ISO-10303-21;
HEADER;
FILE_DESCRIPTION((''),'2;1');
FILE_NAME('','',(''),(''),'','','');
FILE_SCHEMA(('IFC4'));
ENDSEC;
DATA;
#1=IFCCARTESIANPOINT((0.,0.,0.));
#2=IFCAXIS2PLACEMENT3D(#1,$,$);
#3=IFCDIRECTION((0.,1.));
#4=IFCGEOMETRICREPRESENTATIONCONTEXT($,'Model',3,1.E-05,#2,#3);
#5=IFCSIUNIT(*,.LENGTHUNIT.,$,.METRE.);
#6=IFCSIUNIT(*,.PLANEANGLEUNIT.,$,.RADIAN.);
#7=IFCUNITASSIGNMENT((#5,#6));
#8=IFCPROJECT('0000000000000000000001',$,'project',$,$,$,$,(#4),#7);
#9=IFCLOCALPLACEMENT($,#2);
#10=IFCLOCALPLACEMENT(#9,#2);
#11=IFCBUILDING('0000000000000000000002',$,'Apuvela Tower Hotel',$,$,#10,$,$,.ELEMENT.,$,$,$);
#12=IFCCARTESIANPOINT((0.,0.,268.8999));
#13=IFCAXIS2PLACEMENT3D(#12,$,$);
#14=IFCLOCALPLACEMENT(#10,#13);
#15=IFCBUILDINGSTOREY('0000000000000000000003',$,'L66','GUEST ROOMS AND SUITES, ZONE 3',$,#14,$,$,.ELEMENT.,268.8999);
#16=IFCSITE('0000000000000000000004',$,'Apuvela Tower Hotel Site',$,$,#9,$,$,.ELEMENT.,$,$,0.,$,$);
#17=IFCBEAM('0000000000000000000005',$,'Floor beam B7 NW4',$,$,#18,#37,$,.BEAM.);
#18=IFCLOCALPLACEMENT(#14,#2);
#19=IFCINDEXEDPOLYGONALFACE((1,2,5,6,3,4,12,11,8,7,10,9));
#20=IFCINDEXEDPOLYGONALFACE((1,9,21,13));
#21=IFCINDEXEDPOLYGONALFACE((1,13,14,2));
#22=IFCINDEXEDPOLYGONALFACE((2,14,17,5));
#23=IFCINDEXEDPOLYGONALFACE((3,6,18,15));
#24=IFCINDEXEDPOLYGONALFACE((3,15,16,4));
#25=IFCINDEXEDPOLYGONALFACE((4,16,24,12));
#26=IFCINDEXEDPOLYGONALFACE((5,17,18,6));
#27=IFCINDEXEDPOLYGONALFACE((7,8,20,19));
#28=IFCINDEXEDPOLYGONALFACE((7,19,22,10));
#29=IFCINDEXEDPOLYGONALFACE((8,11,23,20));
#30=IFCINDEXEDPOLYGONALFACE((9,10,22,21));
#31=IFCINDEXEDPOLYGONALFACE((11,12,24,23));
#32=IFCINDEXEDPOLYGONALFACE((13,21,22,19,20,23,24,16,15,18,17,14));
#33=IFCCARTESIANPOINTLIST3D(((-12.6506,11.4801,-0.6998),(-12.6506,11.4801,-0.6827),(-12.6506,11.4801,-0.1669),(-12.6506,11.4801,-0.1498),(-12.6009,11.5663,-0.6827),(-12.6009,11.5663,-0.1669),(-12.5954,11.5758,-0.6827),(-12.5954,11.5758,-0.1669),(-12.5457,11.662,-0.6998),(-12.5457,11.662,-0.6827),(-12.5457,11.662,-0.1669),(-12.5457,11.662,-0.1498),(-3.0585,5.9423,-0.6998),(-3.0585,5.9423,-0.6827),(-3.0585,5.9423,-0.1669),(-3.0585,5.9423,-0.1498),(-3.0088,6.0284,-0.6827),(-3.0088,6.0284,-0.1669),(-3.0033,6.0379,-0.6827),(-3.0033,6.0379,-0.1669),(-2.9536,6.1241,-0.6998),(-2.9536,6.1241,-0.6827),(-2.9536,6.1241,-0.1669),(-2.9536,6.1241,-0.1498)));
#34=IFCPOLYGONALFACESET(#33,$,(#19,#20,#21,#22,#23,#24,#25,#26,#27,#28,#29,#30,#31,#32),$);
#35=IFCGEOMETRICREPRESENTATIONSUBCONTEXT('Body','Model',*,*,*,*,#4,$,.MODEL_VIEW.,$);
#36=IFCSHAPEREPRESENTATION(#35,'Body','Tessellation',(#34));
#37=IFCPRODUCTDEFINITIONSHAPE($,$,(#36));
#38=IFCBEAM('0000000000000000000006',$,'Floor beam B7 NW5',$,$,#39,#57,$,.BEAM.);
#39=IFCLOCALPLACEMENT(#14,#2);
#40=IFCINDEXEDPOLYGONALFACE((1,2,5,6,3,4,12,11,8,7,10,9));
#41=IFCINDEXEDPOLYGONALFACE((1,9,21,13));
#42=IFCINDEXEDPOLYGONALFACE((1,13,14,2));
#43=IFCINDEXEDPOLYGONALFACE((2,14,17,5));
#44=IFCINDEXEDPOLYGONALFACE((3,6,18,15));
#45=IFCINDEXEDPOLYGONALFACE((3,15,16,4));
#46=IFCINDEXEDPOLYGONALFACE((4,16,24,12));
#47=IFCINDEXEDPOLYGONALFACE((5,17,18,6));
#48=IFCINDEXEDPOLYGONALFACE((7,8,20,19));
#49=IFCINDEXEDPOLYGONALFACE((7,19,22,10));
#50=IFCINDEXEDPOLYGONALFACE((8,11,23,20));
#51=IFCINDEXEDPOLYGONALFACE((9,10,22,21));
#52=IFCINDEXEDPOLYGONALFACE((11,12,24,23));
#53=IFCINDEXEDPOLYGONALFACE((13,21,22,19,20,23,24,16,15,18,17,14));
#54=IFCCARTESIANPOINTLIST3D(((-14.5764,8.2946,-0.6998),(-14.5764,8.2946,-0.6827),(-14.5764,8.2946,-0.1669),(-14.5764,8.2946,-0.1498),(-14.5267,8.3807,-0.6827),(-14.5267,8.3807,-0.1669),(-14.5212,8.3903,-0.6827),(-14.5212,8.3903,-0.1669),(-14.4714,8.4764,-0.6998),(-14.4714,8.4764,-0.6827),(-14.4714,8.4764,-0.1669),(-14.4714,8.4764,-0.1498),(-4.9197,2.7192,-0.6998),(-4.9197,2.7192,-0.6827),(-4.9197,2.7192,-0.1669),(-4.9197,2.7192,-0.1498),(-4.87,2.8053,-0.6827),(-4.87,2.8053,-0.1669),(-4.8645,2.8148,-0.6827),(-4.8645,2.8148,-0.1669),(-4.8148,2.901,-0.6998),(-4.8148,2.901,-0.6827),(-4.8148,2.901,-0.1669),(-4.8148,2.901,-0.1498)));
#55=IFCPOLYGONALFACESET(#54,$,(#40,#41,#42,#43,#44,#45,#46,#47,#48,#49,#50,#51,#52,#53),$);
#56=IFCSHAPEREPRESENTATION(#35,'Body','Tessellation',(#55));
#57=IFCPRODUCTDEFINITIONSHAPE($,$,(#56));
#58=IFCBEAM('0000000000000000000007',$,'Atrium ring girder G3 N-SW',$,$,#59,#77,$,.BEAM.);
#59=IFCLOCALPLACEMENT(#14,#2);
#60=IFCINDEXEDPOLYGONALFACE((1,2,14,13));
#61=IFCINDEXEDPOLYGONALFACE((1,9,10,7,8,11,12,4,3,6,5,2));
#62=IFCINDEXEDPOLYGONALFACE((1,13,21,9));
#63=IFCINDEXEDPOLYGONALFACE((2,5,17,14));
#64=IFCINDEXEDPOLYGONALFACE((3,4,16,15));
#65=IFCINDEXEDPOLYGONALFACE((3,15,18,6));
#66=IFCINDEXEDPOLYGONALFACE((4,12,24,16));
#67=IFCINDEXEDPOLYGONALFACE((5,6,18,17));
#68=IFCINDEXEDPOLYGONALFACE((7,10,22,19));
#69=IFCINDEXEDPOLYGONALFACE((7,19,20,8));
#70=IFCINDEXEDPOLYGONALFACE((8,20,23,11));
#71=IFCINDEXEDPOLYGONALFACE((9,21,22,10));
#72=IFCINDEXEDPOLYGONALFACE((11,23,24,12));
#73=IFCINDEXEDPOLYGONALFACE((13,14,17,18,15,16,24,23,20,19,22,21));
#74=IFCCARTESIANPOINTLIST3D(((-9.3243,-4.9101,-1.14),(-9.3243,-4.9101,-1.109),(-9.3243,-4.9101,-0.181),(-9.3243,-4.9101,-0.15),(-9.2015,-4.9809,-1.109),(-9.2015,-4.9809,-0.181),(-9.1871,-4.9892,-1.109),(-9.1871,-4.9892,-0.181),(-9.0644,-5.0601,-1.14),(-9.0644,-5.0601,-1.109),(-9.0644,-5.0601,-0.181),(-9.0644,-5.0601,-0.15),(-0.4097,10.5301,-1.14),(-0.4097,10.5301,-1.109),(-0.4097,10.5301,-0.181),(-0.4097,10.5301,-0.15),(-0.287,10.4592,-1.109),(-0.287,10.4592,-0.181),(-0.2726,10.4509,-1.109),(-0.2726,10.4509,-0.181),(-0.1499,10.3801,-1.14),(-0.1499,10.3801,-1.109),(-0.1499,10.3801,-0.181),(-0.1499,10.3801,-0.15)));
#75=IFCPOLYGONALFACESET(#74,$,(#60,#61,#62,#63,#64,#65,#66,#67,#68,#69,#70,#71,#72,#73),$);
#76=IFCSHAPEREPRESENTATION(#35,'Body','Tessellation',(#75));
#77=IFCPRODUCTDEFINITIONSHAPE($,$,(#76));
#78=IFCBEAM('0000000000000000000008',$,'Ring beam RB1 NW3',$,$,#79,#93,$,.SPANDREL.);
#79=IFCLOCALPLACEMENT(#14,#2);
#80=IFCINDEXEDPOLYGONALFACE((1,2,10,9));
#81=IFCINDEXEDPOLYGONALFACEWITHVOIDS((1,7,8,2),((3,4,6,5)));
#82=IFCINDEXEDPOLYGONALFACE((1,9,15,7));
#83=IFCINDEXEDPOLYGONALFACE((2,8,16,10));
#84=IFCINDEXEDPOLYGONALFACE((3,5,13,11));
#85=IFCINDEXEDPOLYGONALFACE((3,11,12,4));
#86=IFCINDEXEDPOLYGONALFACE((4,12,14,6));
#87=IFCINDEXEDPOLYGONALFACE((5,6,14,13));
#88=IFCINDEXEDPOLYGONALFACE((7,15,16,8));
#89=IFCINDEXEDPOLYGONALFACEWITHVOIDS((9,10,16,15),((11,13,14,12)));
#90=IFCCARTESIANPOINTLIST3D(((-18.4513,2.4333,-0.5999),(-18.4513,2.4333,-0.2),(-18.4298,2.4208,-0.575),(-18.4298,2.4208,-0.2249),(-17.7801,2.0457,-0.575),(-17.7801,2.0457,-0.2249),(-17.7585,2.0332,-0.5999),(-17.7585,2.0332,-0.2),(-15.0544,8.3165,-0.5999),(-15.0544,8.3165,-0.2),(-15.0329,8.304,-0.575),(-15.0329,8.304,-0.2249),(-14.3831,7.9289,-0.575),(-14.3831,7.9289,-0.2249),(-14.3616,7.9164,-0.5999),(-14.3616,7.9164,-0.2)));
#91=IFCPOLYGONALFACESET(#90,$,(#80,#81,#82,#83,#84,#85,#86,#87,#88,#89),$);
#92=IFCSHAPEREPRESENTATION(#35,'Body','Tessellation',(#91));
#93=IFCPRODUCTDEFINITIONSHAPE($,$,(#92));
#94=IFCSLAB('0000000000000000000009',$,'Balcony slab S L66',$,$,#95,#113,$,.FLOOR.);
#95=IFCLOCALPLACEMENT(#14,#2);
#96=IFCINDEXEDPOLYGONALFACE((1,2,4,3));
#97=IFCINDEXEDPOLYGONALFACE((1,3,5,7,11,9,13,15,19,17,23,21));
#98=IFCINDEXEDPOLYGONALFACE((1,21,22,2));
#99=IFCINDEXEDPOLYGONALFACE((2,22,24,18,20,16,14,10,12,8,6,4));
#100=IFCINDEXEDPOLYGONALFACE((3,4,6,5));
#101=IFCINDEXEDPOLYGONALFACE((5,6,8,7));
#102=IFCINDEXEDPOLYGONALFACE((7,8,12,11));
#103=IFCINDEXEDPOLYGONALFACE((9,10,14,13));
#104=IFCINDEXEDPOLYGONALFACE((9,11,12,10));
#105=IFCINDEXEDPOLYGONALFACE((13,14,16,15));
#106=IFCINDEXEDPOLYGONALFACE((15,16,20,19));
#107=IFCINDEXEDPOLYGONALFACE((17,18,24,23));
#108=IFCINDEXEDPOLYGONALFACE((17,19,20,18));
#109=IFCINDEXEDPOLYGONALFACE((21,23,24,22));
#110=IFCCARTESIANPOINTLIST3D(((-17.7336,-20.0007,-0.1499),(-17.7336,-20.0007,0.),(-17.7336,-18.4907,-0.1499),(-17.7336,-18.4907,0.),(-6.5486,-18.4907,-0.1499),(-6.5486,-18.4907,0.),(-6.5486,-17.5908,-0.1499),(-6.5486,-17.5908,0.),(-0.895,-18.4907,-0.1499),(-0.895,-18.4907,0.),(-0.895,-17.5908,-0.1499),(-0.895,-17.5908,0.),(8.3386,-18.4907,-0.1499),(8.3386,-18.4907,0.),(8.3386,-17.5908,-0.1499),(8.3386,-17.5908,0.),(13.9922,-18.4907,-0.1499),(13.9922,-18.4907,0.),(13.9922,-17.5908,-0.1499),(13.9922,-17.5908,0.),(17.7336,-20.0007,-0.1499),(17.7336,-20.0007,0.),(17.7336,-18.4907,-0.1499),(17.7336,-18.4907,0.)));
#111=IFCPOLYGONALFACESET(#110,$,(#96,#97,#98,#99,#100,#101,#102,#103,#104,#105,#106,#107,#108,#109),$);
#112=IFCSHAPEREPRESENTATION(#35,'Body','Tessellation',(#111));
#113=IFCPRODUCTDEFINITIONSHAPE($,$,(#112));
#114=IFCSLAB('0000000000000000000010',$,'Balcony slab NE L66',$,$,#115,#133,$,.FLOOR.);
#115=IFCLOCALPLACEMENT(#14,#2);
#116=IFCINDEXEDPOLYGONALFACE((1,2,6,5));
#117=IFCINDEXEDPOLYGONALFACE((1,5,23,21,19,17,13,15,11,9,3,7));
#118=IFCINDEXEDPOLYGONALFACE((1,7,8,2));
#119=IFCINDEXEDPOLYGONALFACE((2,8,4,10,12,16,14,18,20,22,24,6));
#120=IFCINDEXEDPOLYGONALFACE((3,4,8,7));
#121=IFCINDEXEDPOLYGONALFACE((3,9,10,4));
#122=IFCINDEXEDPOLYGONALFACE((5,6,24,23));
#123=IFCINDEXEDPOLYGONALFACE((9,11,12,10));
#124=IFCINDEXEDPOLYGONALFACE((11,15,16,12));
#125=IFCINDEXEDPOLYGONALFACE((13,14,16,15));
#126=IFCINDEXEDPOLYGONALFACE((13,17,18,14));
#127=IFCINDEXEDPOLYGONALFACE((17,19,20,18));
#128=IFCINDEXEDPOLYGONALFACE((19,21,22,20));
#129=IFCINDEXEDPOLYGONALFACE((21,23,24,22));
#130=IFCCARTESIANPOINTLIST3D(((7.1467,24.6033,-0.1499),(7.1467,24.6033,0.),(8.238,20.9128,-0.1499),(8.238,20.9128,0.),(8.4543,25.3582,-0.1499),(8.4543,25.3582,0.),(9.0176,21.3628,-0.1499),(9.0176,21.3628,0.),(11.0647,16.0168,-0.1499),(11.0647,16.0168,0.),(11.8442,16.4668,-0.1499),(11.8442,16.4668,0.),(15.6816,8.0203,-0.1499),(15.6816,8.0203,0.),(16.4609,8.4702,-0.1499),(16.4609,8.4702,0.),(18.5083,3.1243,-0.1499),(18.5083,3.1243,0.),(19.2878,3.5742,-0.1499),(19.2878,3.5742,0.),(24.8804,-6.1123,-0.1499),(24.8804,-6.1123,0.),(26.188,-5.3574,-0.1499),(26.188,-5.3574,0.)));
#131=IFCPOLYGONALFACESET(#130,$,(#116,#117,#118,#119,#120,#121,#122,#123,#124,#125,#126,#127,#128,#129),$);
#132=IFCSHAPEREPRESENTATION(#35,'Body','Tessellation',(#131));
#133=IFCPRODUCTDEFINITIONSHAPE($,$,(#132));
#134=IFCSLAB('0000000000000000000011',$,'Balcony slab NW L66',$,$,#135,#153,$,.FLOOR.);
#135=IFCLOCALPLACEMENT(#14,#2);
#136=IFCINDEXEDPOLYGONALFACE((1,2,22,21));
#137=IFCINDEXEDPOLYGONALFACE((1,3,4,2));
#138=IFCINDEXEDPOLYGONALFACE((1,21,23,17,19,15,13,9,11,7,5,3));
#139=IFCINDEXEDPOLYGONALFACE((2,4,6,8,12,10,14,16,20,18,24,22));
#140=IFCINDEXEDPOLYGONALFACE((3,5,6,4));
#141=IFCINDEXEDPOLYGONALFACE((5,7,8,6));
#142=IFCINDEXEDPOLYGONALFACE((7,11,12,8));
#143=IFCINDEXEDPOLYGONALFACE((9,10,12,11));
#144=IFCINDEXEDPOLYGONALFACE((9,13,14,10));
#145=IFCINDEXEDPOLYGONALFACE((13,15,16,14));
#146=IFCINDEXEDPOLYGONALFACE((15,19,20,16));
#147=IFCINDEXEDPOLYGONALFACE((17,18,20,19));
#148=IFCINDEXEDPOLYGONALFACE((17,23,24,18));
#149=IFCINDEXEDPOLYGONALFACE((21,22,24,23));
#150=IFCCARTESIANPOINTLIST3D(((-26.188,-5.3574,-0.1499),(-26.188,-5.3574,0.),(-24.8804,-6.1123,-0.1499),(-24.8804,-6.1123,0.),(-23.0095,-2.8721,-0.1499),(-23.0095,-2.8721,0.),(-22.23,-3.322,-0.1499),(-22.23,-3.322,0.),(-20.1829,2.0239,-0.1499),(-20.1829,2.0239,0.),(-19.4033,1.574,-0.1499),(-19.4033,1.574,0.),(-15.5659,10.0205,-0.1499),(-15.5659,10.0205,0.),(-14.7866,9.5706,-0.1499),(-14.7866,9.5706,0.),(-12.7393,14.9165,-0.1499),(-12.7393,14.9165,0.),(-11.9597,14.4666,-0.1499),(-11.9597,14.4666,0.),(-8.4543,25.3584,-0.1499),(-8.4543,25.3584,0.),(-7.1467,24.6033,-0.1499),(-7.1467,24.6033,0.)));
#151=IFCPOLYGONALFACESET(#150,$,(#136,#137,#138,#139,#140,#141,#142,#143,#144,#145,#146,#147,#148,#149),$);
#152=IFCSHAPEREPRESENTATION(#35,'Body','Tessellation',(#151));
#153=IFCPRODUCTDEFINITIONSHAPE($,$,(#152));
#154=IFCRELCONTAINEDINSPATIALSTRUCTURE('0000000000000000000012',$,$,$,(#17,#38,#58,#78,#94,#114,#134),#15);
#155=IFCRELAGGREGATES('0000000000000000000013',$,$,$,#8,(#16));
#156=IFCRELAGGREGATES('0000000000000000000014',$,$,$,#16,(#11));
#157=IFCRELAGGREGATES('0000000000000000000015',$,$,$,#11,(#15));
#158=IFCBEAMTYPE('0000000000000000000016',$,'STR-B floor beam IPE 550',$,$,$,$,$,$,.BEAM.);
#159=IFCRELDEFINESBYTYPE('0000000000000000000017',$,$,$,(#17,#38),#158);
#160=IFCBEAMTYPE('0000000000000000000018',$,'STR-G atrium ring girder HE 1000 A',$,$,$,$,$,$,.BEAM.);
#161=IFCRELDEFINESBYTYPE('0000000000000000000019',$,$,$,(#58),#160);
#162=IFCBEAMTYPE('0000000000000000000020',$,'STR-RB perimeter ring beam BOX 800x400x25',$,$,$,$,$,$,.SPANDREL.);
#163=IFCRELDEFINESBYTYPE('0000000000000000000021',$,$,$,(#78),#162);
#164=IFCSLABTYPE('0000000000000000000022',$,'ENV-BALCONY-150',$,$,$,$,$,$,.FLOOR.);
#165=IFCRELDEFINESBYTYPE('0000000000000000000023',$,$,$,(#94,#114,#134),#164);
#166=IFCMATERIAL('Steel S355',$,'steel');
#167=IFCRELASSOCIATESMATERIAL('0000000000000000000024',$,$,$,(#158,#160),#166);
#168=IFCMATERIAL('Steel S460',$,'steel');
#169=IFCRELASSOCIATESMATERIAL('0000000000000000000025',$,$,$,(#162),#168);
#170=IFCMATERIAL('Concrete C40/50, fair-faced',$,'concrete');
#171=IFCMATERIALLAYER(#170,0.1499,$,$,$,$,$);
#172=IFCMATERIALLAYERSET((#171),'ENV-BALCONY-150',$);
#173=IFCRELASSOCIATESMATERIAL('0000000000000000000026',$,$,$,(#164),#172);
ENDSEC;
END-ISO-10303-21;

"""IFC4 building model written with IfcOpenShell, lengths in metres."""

from ifc_helpers import new_model, si_unit, direction, frame, origin, origin_2d, place, context, subcontext, project, spatial, polyline, hollow_rectangle, i_section, outline, extrude, material, layer, layer_set, material_profile, profile_set, type_object, element, save


model = new_model("IFC4")

# Units and contexts
model_context = context("Model", 3, precision=1e-05, world=origin(), true_north=direction((0.0, 1.0)))
body_context = subcontext(model_context, "Body", "Model", "MODEL_VIEW")
ifc_project = project(units=[si_unit("LENGTHUNIT", "METRE"), si_unit("PLANEANGLEUNIT", "RADIAN")], contexts=[model_context])

# Site, building, storey
site_placement = place(None, origin())
site = spatial("IfcSite", under=ifc_project, at=site_placement, Name="Apuvela Tower Hotel Site", CompositionType="ELEMENT", RefElevation=0.0)
building_placement = place(site_placement, origin())
building = spatial("IfcBuilding", under=site, at=building_placement, Name="Apuvela Tower Hotel", CompositionType="ELEMENT")
storey_placement = place(building_placement, frame((0.0, 0.0, 268.8999)))
storey = spatial("IfcBuildingStorey", under=building, at=storey_placement, Name="L66", Description="GUEST ROOMS AND SUITES, ZONE 3", CompositionType="ELEMENT", Elevation=268.8999)

# Beams
ifc_material_1 = material(Name="Steel S355", Category="steel")
ifc_material_profile_1 = material_profile(ifc_material_1, i_section(OverallWidth=0.21, OverallDepth=0.55, WebThickness=0.011, FlangeThickness=0.0171, at=origin_2d()), Name="IPE 550")
ifc_profile_set_1 = profile_set([ifc_material_profile_1], Name="Steel S355")
beam_type_1 = type_object("IfcBeamType", Name="STR-B floor beam IPE 550", PredefinedType="BEAM", material=ifc_profile_set_1)
beam_1_placement = place(storey_placement, frame((-12.5981, 11.571, -0.4248), z_axis=(0.86603, -0.499991, 0.0), x_axis=(0.499991, 0.86603, 0.0)))
element("IfcBeam", 1, at=beam_1_placement, inside=storey, type_object=beam_type_1, Name="Floor beam B7 NW4", PredefinedType="BEAM", context=body_context, shape_type="SweptSolid", body=[
    extrude(i_section(OverallWidth=0.21, OverallDepth=0.55, WebThickness=0.011, FlangeThickness=0.0171, at=origin_2d()), origin(), (0.0, 0.0, 1.0), 11.0759),
])
beam_2_placement = place(storey_placement, frame((-14.5239, 8.3855, -0.4248), z_axis=(0.866021, -0.500008, 0.0), x_axis=(0.500008, 0.866021, 0.0)))
element("IfcBeam", 2, at=beam_2_placement, inside=storey, type_object=beam_type_1, Name="Floor beam B7 NW5", PredefinedType="BEAM", context=body_context, shape_type="SweptSolid", body=[
    extrude(i_section(OverallWidth=0.21, OverallDepth=0.55, WebThickness=0.011, FlangeThickness=0.0171, at=origin_2d()), origin(), (0.0, 0.0, 1.0), 11.1506),
])
ifc_material_profile_2 = material_profile(ifc_material_1, i_section(OverallWidth=0.3, OverallDepth=0.99, WebThickness=0.0166, FlangeThickness=0.031, at=origin_2d()), Name="HE 1000 A")
ifc_profile_set_2 = profile_set([ifc_material_profile_2], Name="Steel S355")
beam_type_2 = type_object("IfcBeamType", Name="STR-G atrium ring girder HE 1000 A", PredefinedType="BEAM", material=ifc_profile_set_2)
beam_3_placement = place(storey_placement, frame((-0.2798, 10.4551, -0.645), z_axis=(-0.500007, -0.866022, 0.0), x_axis=(0.866022, -0.500007, 0.0)))
element("IfcBeam", 3, at=beam_3_placement, inside=storey, type_object=beam_type_2, Name="Atrium ring girder G3 N-SW", PredefinedType="BEAM", context=body_context, shape_type="SweptSolid", body=[
    extrude(i_section(OverallWidth=0.3, OverallDepth=0.99, WebThickness=0.0166, FlangeThickness=0.031, at=origin_2d()), origin(), (0.0, 0.0, 1.0), 17.8289),
])
ifc_material_2 = material(Name="Steel S460", Category="steel")
ifc_material_profile_3 = material_profile(ifc_material_2, hollow_rectangle(XDim=0.8, YDim=0.3999, WallThickness=0.0249, at=origin_2d()), Name="BOX 800x400x25")
ifc_profile_set_3 = profile_set([ifc_material_profile_3], Name="Steel S460")
beam_type_3 = type_object("IfcBeamType", Name="STR-RB perimeter ring beam BOX 800x400x25", PredefinedType="SPANDREL", material=ifc_profile_set_3)
beam_4_placement = place(storey_placement, frame((-14.708, 8.1165, -0.3999), z_axis=(-0.500027, -0.86601, 0.0), x_axis=(0.86601, -0.500027, 0.0)))
element("IfcBeam", 4, at=beam_4_placement, inside=storey, type_object=beam_type_3, Name="Ring beam RB1 NW3", PredefinedType="SPANDREL", context=body_context, shape_type="SweptSolid", body=[
    extrude(hollow_rectangle(XDim=0.8, YDim=0.3999, WallThickness=0.0249, at=origin_2d()), origin(), (0.0, 0.0, 1.0), 6.7935),
])

# Slabs
ifc_material_3 = material(Name="Concrete C40/50, fair-faced", Category="concrete")
ifc_layer_1 = layer(ifc_material_3, 0.1499)
ifc_layer_set_1 = layer_set([ifc_layer_1], Name="ENV-BALCONY-150")
slab_type_1 = type_object("IfcSlabType", Name="ENV-BALCONY-150", PredefinedType="FLOOR", material=ifc_layer_set_1)
slab_1_placement = place(storey_placement, frame((0.0, 0.0, -0.1499)))
element("IfcSlab", 5, at=slab_1_placement, inside=storey, type_object=slab_type_1, Name="Balcony slab S L66", PredefinedType="FLOOR", context=body_context, shape_type="SweptSolid", body=[
    extrude(outline(polyline([(17.7336, -20.0007), (-17.7336, -20.0007), (-17.7336, -18.4907), (-6.5486, -18.4907), (-6.5486, -17.5908), (-0.895, -17.5908), (-0.895, -18.4907), (8.3386, -18.4907), (8.3386, -17.5908), (13.9922, -17.5908), (13.9922, -18.4907), (17.7336, -18.4907), (17.7336, -20.0007)])), origin(), (0.0, 0.0, 1.0), 0.1499),
])
slab_2_placement = place(storey_placement, frame((0.0, 0.0, -0.1499)))
element("IfcSlab", 6, at=slab_2_placement, inside=storey, type_object=slab_type_1, Name="Balcony slab NE L66", PredefinedType="FLOOR", context=body_context, shape_type="SweptSolid", body=[
    extrude(outline(polyline([(16.4609, 8.4702), (11.8442, 16.4668), (11.0647, 16.0168), (8.238, 20.9128), (9.0176, 21.3628), (7.1467, 24.6033), (8.4543, 25.3582), (26.188, -5.3574), (24.8804, -6.1123), (19.2878, 3.5742), (18.5083, 3.1243), (15.6816, 8.0203), (16.4609, 8.4702)])), origin(), (0.0, 0.0, 1.0), 0.1499),
])
slab_3_placement = place(storey_placement, frame((0.0, 0.0, -0.1499)))
element("IfcSlab", 7, at=slab_3_placement, inside=storey, type_object=slab_type_1, Name="Balcony slab NW L66", PredefinedType="FLOOR", context=body_context, shape_type="SweptSolid", body=[
    extrude(outline(polyline([(-26.188, -5.3574), (-8.4543, 25.3584), (-7.1467, 24.6033), (-12.7393, 14.9165), (-11.9597, 14.4666), (-14.7866, 9.5706), (-15.5659, 10.0205), (-20.1829, 2.0239), (-19.4033, 1.574), (-22.23, -3.322), (-23.0095, -2.8721), (-24.8804, -6.1123), (-26.188, -5.3574)])), origin(), (0.0, 0.0, 1.0), 0.1499),
])

save(model, "model.ifc")
